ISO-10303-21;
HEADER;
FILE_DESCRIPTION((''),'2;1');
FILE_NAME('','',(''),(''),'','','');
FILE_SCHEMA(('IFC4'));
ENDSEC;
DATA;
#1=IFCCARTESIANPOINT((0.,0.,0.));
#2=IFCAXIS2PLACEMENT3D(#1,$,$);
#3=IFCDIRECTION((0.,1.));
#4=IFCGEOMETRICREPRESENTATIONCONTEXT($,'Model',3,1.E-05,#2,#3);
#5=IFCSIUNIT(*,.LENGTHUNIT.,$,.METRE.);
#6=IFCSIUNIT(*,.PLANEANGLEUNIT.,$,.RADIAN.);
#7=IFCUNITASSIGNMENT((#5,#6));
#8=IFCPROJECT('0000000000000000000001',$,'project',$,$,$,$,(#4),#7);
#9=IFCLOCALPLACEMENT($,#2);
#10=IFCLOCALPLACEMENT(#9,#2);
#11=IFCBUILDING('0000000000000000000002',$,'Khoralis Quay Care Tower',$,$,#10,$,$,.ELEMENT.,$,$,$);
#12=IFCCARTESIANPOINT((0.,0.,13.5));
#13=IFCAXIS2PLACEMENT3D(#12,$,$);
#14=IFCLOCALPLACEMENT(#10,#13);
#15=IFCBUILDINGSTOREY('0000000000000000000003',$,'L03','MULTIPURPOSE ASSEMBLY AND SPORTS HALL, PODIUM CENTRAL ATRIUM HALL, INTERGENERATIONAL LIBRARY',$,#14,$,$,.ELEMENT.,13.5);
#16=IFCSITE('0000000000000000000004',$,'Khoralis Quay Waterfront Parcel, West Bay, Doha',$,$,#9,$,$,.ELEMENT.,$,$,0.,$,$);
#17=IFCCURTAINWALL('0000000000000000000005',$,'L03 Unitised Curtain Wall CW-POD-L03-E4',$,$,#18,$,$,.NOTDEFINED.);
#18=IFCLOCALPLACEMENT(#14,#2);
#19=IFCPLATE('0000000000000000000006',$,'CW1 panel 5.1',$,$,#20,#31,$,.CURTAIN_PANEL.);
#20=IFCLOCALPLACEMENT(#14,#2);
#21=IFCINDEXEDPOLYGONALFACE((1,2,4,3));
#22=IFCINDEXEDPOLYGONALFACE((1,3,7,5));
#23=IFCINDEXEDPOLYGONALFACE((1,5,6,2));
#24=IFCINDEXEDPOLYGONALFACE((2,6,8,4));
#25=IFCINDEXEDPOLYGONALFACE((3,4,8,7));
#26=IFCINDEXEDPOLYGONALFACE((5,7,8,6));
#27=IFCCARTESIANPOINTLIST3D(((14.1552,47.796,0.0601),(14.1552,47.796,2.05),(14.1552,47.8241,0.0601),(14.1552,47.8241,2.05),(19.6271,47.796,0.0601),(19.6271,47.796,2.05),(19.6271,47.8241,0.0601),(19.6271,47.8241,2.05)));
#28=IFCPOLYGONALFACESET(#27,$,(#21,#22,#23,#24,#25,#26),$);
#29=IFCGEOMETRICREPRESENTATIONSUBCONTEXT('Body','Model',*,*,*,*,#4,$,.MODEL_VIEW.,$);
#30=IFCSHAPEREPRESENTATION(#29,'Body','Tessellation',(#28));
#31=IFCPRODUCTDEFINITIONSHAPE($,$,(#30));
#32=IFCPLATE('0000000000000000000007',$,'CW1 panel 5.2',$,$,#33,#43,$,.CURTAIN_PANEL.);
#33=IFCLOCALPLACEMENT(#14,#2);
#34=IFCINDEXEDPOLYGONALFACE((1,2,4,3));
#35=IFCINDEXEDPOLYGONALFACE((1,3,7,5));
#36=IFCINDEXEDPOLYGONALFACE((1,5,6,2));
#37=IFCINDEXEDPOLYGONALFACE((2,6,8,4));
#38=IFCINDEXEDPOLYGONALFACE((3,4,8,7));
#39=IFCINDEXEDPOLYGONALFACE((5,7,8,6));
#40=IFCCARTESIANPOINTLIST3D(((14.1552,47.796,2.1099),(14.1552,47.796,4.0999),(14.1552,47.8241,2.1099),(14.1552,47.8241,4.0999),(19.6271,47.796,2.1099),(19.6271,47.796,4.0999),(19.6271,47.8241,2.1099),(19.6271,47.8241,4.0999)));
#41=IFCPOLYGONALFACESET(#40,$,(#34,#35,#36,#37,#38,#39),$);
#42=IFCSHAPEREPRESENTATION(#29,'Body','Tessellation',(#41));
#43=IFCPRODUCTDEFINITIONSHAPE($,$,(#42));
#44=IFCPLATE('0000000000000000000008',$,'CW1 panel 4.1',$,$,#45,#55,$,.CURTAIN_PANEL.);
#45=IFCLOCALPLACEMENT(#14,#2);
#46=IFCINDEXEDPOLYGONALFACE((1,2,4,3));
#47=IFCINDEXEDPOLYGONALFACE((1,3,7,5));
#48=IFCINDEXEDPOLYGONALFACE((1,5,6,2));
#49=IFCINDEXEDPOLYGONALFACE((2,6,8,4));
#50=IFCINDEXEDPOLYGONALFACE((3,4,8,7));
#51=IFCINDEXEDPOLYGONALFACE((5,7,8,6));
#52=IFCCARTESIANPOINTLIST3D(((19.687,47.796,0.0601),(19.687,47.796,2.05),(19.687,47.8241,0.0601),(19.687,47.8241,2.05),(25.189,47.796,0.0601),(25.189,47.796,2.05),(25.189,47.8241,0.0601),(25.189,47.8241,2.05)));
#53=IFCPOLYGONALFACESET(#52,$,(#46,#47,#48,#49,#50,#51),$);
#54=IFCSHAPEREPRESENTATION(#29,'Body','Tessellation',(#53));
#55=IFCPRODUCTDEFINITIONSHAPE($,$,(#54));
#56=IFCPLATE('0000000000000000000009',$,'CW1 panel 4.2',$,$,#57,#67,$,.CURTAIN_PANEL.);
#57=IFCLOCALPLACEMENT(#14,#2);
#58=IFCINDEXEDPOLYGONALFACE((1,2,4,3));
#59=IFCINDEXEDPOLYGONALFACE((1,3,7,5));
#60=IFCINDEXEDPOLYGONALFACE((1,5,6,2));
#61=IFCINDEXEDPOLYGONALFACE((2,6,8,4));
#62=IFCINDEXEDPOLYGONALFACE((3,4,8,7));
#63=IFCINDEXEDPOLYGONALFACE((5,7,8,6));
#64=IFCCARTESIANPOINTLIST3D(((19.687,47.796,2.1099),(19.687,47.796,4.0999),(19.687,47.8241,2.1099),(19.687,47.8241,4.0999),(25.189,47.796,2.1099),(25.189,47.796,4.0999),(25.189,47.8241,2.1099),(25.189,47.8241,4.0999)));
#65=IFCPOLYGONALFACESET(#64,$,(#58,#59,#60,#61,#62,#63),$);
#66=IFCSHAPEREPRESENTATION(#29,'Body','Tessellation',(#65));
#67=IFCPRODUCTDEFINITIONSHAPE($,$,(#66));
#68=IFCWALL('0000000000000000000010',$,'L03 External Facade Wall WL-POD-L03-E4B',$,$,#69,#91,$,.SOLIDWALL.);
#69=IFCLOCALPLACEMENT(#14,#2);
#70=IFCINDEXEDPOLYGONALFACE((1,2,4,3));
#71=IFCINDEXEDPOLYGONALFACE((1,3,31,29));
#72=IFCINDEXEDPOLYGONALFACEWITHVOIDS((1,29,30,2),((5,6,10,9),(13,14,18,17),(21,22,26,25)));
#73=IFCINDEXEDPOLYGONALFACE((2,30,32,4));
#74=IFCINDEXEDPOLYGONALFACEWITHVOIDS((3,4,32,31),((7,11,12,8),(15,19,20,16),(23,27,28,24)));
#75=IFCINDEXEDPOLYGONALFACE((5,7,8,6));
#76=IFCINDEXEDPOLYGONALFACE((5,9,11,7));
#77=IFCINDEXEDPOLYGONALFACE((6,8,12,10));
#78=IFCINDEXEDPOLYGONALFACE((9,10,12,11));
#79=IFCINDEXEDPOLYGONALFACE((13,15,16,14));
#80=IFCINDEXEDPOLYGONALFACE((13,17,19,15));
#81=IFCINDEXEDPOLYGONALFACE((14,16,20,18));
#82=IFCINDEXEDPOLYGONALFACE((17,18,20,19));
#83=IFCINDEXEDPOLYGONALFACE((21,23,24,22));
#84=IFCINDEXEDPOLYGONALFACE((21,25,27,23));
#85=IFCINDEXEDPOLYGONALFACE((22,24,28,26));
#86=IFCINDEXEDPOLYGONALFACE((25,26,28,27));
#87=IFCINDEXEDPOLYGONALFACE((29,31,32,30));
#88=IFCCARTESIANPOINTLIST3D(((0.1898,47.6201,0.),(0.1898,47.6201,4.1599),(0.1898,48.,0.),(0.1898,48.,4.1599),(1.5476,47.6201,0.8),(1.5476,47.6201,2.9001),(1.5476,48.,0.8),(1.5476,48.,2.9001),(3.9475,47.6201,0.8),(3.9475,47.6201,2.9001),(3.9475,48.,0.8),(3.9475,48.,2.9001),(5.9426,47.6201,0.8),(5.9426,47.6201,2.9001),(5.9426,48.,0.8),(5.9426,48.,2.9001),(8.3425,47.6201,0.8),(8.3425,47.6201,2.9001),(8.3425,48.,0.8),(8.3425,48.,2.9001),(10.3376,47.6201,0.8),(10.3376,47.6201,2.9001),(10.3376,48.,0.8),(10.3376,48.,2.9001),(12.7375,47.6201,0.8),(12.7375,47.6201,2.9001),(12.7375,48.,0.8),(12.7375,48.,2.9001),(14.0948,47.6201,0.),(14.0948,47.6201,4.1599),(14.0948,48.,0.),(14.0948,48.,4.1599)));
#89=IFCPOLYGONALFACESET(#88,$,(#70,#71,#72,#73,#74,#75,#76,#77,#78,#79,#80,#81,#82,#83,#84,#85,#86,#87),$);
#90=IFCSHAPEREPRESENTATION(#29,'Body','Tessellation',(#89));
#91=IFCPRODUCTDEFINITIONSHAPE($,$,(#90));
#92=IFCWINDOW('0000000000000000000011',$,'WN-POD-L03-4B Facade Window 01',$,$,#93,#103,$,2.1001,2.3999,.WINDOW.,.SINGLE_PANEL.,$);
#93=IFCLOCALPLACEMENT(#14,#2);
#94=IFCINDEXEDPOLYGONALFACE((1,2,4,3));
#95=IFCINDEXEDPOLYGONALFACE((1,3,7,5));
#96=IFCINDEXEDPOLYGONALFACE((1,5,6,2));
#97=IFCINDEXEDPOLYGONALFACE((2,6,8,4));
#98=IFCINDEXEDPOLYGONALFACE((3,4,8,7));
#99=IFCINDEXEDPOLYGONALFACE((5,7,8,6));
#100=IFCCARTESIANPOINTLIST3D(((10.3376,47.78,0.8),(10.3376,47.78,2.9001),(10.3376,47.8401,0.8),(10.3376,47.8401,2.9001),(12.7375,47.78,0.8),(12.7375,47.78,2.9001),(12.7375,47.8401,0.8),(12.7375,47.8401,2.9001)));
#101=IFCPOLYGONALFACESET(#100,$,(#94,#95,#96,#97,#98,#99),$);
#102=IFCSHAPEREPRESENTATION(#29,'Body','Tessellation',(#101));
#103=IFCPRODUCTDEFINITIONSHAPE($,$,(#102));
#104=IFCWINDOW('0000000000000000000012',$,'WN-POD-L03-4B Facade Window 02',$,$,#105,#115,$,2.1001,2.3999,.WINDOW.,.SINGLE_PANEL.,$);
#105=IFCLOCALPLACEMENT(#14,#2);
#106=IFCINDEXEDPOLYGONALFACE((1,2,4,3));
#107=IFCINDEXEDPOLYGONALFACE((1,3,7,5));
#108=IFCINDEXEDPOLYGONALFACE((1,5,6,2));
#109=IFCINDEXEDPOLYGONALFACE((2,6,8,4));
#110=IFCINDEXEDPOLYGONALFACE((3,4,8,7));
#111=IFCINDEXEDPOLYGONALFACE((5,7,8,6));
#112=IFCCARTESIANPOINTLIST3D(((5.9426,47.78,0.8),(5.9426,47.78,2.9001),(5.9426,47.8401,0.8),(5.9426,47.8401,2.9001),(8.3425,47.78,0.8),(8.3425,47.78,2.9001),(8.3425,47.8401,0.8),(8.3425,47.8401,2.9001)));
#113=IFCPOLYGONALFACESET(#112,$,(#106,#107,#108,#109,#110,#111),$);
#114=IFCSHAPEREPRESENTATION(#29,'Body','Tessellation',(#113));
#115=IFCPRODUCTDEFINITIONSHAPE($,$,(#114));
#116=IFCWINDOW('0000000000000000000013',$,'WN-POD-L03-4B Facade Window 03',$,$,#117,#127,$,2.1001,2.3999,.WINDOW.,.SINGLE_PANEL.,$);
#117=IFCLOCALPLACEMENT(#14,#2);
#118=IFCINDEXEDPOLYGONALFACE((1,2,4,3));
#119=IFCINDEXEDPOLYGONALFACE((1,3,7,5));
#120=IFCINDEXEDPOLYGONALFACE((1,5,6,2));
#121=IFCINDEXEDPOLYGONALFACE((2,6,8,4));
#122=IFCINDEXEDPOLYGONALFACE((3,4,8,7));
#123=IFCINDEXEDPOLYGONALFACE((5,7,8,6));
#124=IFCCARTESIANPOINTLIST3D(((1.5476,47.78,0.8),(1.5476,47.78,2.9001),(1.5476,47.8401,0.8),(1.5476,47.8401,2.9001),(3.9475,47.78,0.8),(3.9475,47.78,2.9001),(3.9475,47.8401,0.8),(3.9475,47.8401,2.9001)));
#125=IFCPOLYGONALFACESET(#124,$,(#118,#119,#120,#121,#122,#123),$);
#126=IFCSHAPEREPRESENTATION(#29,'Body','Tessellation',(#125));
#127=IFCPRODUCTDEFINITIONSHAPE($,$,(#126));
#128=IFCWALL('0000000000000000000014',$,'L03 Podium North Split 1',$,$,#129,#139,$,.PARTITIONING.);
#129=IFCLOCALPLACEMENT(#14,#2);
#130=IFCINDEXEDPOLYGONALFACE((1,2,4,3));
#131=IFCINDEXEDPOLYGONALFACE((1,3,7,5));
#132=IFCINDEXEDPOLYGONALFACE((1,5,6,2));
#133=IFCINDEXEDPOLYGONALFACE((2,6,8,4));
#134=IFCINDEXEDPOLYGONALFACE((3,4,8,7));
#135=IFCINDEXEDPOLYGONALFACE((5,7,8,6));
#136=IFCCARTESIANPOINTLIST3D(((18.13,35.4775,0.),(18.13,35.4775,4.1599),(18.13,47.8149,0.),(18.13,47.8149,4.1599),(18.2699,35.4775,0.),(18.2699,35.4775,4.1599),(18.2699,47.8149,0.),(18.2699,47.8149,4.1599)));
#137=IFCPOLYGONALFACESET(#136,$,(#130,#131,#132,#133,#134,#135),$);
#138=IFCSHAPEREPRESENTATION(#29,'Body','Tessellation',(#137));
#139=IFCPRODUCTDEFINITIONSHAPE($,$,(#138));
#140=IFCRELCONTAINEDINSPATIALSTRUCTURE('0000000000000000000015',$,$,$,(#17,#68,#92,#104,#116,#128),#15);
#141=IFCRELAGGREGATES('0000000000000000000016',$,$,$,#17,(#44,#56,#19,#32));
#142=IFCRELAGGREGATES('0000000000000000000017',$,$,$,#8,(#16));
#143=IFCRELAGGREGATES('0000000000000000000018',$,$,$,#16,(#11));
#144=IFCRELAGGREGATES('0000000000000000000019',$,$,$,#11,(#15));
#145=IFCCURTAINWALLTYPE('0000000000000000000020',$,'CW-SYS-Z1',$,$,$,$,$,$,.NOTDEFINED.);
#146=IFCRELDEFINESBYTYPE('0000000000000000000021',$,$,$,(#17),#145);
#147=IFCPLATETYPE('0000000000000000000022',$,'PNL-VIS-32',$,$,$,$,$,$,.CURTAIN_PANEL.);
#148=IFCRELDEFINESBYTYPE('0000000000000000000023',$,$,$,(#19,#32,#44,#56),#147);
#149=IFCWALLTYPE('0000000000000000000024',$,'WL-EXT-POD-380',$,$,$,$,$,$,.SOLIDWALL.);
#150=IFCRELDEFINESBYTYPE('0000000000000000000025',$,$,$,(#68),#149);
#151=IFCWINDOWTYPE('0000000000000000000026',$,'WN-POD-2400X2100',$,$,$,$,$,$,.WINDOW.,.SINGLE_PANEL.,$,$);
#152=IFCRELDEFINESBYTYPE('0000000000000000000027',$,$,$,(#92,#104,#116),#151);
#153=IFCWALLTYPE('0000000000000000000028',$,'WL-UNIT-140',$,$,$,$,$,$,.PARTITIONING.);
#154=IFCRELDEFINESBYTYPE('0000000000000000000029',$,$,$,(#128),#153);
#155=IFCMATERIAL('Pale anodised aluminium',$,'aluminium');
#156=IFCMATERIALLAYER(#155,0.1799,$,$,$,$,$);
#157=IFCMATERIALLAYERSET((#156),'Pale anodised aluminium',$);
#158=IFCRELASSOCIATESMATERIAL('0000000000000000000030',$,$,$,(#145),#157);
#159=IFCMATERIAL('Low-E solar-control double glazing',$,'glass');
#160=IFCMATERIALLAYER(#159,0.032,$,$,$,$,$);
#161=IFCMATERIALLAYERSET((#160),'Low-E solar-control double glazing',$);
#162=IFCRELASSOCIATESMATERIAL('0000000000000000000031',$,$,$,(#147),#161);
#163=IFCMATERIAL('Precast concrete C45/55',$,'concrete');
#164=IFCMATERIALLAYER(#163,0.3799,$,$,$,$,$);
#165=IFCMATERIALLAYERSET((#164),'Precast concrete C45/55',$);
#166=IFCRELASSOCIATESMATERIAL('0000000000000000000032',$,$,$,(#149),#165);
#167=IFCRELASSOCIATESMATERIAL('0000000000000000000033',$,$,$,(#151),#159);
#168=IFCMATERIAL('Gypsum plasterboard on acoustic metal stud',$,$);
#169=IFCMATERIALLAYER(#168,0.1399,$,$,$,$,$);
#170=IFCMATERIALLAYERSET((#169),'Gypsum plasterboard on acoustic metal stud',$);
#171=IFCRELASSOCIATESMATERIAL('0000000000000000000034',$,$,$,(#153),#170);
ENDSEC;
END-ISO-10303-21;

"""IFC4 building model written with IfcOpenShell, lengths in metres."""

from ifc_helpers import new_model, si_unit, direction, frame, frame_2d, origin, origin_2d, place, context, subcontext, project, spatial, rectangle, extrude, source, transform, mapped, material, layer, layer_set, type_object, element, fill, aggregate, save


model = new_model("IFC4")

# Units and contexts
model_context = context("Model", 3, precision=1e-05, world=origin(), true_north=direction((0.0, 1.0)))
body_context = subcontext(model_context, "Body", "Model", "MODEL_VIEW")
ifc_project = project(units=[si_unit("LENGTHUNIT", "METRE"), si_unit("PLANEANGLEUNIT", "RADIAN")], contexts=[model_context])

# Site, building, storey
site_placement = place(None, origin())
site = spatial("IfcSite", under=ifc_project, at=site_placement, Name="Khoralis Quay Waterfront Parcel, West Bay, Doha", CompositionType="ELEMENT", RefElevation=0.0)
building_placement = place(site_placement, origin())
building = spatial("IfcBuilding", under=site, at=building_placement, Name="Khoralis Quay Care Tower", CompositionType="ELEMENT")
storey_placement = place(building_placement, frame((0.0, 0.0, 13.5)))
storey = spatial("IfcBuildingStorey", under=building, at=storey_placement, Name="L03", Description="MULTIPURPOSE ASSEMBLY AND SPORTS HALL, PODIUM CENTRAL ATRIUM HALL, INTERGENERATIONAL LIBRARY", CompositionType="ELEMENT", Elevation=13.5)

# Curtain wall, plates
ifc_material_1 = material(Name="Pale anodised aluminium", Category="aluminium")
ifc_layer_1 = layer(ifc_material_1, 0.1799)
ifc_layer_set_1 = layer_set([ifc_layer_1], Name="Pale anodised aluminium")
curtain_wall_type = type_object("IfcCurtainWallType", Name="CW-SYS-Z1", PredefinedType="NOTDEFINED", material=ifc_layer_set_1)
curtain_wall_placement = place(storey_placement, origin())
curtain_wall = element("IfcCurtainWall", 1, at=curtain_wall_placement, inside=storey, type_object=curtain_wall_type, Name="L03 Unitised Curtain Wall CW-POD-L03-E4", PredefinedType="NOTDEFINED")
ifc_material_2 = material(Name="Low-E solar-control double glazing", Category="glass")
ifc_layer_2 = layer(ifc_material_2, 0.032)
ifc_layer_set_2 = layer_set([ifc_layer_2], Name="Low-E solar-control double glazing")
plate_type = type_object("IfcPlateType", Name="PNL-VIS-32", PredefinedType="CURTAIN_PANEL", material=ifc_layer_set_2)
shared_shape_1 = source(origin(), body_context, "Body", "SweptSolid", [
    extrude(rectangle(XDim=5.4719, YDim=0.0281, at=origin_2d()), origin(), (0.0, 0.0, 1.0), 1.99),
])
plate_1_placement = place(storey_placement, frame((16.8911, 47.8101, 0.0601), z_axis=(0.0, 0.0, 1.0), x_axis=(-1.0, 0.0, 0.0)))
plate_1 = element("IfcPlate", 2, at=plate_1_placement, type_object=plate_type, Name="CW1 panel 5.1", PredefinedType="CURTAIN_PANEL", context=body_context, shape_type="MappedRepresentation", body=[
    mapped(shared_shape_1, transform((0.0, 0.0, 0.0), scale=1.0)),
])
plate_2_placement = place(storey_placement, frame((16.8911, 47.8101, 2.1099), z_axis=(0.0, 0.0, 1.0), x_axis=(-1.0, 0.0, 0.0)))
plate_2 = element("IfcPlate", 3, at=plate_2_placement, type_object=plate_type, Name="CW1 panel 5.2", PredefinedType="CURTAIN_PANEL", context=body_context, shape_type="MappedRepresentation", body=[
    mapped(shared_shape_1, transform((0.0, 0.0, 0.0), scale=1.0)),
])
shared_shape_2 = source(origin(), body_context, "Body", "SweptSolid", [
    extrude(rectangle(XDim=5.502, YDim=0.0281, at=origin_2d()), origin(), (0.0, 0.0, 1.0), 1.99),
])
plate_3_placement = place(storey_placement, frame((22.438, 47.8101, 0.0601), z_axis=(0.0, 0.0, 1.0), x_axis=(-1.0, 0.0, 0.0)))
plate_3 = element("IfcPlate", 4, at=plate_3_placement, type_object=plate_type, Name="CW1 panel 4.1", PredefinedType="CURTAIN_PANEL", context=body_context, shape_type="MappedRepresentation", body=[
    mapped(shared_shape_2, transform((0.0, 0.0, 0.0), scale=1.0)),
])
plate_4_placement = place(storey_placement, frame((22.438, 47.8101, 2.1099), z_axis=(0.0, 0.0, 1.0), x_axis=(-1.0, 0.0, 0.0)))
plate_4 = element("IfcPlate", 5, at=plate_4_placement, type_object=plate_type, Name="CW1 panel 4.2", PredefinedType="CURTAIN_PANEL", context=body_context, shape_type="MappedRepresentation", body=[
    mapped(shared_shape_2, transform((0.0, 0.0, 0.0), scale=1.0)),
])
aggregate(curtain_wall, [plate_3, plate_4, plate_1, plate_2])

# Wall, openings, windows
ifc_material_3 = material(Name="Precast concrete C45/55", Category="concrete")
ifc_layer_3 = layer(ifc_material_3, 0.3799)
ifc_layer_set_3 = layer_set([ifc_layer_3], Name="Precast concrete C45/55")
wall_type_1 = type_object("IfcWallType", Name="WL-EXT-POD-380", PredefinedType="SOLIDWALL", material=ifc_layer_set_3)
wall_1_placement = place(storey_placement, frame((14.095, 47.8101, 0.0), z_axis=(0.0, 0.0, 1.0), x_axis=(-1.0, 0.0, 0.0)))
wall_1 = element("IfcWall", 6, at=wall_1_placement, inside=storey, type_object=wall_type_1, Name="L03 External Facade Wall WL-POD-L03-E4B", PredefinedType="SOLIDWALL", context=body_context, shape_type="SweptSolid", body=[
    extrude(rectangle(XDim=13.905, YDim=0.3799, at=frame_2d((6.9526, 0.0))), origin(), (0.0, 0.0, 1.0), 4.1599),
])
opening_1_placement = place(wall_1_placement, frame((1.3574, 0.0, 0.8)))
opening_1 = element("IfcOpeningElement", 7, at=opening_1_placement, cuts=wall_1, PredefinedType="OPENING", context=body_context, shape_type="SweptSolid", body=[
    extrude(rectangle(XDim=2.3999, YDim=2.1001, at=frame_2d((1.2, 1.05))), frame((0.0, 0.2, 0.0), z_axis=(0.0, -1.0, 0.0), x_axis=(1.0, 0.0, 0.0)), (0.0, 0.0, 1.0), 0.3999),
])
opening_2_placement = place(wall_1_placement, frame((5.7524, 0.0, 0.8)))
opening_2 = element("IfcOpeningElement", 8, at=opening_2_placement, cuts=wall_1, PredefinedType="OPENING", context=body_context, shape_type="SweptSolid", body=[
    extrude(rectangle(XDim=2.3999, YDim=2.1001, at=frame_2d((1.2, 1.05))), frame((0.0, 0.2, 0.0), z_axis=(0.0, -1.0, 0.0), x_axis=(1.0, 0.0, 0.0)), (0.0, 0.0, 1.0), 0.3999),
])
opening_3_placement = place(wall_1_placement, frame((10.1475, 0.0, 0.8)))
opening_3 = element("IfcOpeningElement", 9, at=opening_3_placement, cuts=wall_1, PredefinedType="OPENING", context=body_context, shape_type="SweptSolid", body=[
    extrude(rectangle(XDim=2.3999, YDim=2.1001, at=frame_2d((1.2, 1.05))), frame((0.0, 0.2, 0.0), z_axis=(0.0, -1.0, 0.0), x_axis=(1.0, 0.0, 0.0)), (0.0, 0.0, 1.0), 0.3999),
])
window_type = type_object("IfcWindowType", Name="WN-POD-2400X2100", PartitioningType="SINGLE_PANEL", PredefinedType="WINDOW", material=ifc_material_2)
shared_shape_3 = source(origin(), body_context, "Body", "SweptSolid", [
    extrude(rectangle(XDim=2.3999, YDim=2.1001, at=frame_2d((1.2, 1.05))), frame((0.0, 0.03, 0.0), z_axis=(0.0, -1.0, 0.0), x_axis=(1.0, 0.0, 0.0)), (0.0, 0.0, 1.0), 0.0601),
])
window_1_placement = place(opening_1_placement, origin())
window_1 = element("IfcWindow", 10, at=window_1_placement, inside=storey, type_object=window_type, Name="WN-POD-L03-4B Facade Window 01", OverallHeight=2.1001, OverallWidth=2.3999, PartitioningType="SINGLE_PANEL", PredefinedType="WINDOW", context=body_context, shape_type="MappedRepresentation", body=[
    mapped(shared_shape_3, transform((0.0, 0.0, 0.0), scale=1.0)),
])
fill(opening_1, window_1)
window_2_placement = place(opening_2_placement, origin())
window_2 = element("IfcWindow", 11, at=window_2_placement, inside=storey, type_object=window_type, Name="WN-POD-L03-4B Facade Window 02", OverallHeight=2.1001, OverallWidth=2.3999, PartitioningType="SINGLE_PANEL", PredefinedType="WINDOW", context=body_context, shape_type="MappedRepresentation", body=[
    mapped(shared_shape_3, transform((0.0, 0.0, 0.0), scale=1.0)),
])
fill(opening_2, window_2)
window_3_placement = place(opening_3_placement, origin())
window_3 = element("IfcWindow", 12, at=window_3_placement, inside=storey, type_object=window_type, Name="WN-POD-L03-4B Facade Window 03", OverallHeight=2.1001, OverallWidth=2.3999, PartitioningType="SINGLE_PANEL", PredefinedType="WINDOW", context=body_context, shape_type="MappedRepresentation", body=[
    mapped(shared_shape_3, transform((0.0, 0.0, 0.0), scale=1.0)),
])
fill(opening_3, window_3)

# Wall
ifc_material_4 = material(Name="Gypsum plasterboard on acoustic metal stud")
ifc_layer_4 = layer(ifc_material_4, 0.1399)
ifc_layer_set_4 = layer_set([ifc_layer_4], Name="Gypsum plasterboard on acoustic metal stud")
wall_type_2 = type_object("IfcWallType", Name="WL-UNIT-140", PredefinedType="PARTITIONING", material=ifc_layer_set_4)
wall_2_placement = place(storey_placement, frame((18.2, 35.4775, 0.0), z_axis=(0.0, 0.0, 1.0), x_axis=(0.0, 1.0, 0.0)))
element("IfcWall", 13, at=wall_2_placement, inside=storey, type_object=wall_type_2, Name="L03 Podium North Split 1", PredefinedType="PARTITIONING", context=body_context, shape_type="SweptSolid", body=[
    extrude(rectangle(XDim=12.3374, YDim=0.1399, at=frame_2d((6.1687, 0.0))), origin(), (0.0, 0.0, 1.0), 4.1599),
])

save(model, "model.ifc")
